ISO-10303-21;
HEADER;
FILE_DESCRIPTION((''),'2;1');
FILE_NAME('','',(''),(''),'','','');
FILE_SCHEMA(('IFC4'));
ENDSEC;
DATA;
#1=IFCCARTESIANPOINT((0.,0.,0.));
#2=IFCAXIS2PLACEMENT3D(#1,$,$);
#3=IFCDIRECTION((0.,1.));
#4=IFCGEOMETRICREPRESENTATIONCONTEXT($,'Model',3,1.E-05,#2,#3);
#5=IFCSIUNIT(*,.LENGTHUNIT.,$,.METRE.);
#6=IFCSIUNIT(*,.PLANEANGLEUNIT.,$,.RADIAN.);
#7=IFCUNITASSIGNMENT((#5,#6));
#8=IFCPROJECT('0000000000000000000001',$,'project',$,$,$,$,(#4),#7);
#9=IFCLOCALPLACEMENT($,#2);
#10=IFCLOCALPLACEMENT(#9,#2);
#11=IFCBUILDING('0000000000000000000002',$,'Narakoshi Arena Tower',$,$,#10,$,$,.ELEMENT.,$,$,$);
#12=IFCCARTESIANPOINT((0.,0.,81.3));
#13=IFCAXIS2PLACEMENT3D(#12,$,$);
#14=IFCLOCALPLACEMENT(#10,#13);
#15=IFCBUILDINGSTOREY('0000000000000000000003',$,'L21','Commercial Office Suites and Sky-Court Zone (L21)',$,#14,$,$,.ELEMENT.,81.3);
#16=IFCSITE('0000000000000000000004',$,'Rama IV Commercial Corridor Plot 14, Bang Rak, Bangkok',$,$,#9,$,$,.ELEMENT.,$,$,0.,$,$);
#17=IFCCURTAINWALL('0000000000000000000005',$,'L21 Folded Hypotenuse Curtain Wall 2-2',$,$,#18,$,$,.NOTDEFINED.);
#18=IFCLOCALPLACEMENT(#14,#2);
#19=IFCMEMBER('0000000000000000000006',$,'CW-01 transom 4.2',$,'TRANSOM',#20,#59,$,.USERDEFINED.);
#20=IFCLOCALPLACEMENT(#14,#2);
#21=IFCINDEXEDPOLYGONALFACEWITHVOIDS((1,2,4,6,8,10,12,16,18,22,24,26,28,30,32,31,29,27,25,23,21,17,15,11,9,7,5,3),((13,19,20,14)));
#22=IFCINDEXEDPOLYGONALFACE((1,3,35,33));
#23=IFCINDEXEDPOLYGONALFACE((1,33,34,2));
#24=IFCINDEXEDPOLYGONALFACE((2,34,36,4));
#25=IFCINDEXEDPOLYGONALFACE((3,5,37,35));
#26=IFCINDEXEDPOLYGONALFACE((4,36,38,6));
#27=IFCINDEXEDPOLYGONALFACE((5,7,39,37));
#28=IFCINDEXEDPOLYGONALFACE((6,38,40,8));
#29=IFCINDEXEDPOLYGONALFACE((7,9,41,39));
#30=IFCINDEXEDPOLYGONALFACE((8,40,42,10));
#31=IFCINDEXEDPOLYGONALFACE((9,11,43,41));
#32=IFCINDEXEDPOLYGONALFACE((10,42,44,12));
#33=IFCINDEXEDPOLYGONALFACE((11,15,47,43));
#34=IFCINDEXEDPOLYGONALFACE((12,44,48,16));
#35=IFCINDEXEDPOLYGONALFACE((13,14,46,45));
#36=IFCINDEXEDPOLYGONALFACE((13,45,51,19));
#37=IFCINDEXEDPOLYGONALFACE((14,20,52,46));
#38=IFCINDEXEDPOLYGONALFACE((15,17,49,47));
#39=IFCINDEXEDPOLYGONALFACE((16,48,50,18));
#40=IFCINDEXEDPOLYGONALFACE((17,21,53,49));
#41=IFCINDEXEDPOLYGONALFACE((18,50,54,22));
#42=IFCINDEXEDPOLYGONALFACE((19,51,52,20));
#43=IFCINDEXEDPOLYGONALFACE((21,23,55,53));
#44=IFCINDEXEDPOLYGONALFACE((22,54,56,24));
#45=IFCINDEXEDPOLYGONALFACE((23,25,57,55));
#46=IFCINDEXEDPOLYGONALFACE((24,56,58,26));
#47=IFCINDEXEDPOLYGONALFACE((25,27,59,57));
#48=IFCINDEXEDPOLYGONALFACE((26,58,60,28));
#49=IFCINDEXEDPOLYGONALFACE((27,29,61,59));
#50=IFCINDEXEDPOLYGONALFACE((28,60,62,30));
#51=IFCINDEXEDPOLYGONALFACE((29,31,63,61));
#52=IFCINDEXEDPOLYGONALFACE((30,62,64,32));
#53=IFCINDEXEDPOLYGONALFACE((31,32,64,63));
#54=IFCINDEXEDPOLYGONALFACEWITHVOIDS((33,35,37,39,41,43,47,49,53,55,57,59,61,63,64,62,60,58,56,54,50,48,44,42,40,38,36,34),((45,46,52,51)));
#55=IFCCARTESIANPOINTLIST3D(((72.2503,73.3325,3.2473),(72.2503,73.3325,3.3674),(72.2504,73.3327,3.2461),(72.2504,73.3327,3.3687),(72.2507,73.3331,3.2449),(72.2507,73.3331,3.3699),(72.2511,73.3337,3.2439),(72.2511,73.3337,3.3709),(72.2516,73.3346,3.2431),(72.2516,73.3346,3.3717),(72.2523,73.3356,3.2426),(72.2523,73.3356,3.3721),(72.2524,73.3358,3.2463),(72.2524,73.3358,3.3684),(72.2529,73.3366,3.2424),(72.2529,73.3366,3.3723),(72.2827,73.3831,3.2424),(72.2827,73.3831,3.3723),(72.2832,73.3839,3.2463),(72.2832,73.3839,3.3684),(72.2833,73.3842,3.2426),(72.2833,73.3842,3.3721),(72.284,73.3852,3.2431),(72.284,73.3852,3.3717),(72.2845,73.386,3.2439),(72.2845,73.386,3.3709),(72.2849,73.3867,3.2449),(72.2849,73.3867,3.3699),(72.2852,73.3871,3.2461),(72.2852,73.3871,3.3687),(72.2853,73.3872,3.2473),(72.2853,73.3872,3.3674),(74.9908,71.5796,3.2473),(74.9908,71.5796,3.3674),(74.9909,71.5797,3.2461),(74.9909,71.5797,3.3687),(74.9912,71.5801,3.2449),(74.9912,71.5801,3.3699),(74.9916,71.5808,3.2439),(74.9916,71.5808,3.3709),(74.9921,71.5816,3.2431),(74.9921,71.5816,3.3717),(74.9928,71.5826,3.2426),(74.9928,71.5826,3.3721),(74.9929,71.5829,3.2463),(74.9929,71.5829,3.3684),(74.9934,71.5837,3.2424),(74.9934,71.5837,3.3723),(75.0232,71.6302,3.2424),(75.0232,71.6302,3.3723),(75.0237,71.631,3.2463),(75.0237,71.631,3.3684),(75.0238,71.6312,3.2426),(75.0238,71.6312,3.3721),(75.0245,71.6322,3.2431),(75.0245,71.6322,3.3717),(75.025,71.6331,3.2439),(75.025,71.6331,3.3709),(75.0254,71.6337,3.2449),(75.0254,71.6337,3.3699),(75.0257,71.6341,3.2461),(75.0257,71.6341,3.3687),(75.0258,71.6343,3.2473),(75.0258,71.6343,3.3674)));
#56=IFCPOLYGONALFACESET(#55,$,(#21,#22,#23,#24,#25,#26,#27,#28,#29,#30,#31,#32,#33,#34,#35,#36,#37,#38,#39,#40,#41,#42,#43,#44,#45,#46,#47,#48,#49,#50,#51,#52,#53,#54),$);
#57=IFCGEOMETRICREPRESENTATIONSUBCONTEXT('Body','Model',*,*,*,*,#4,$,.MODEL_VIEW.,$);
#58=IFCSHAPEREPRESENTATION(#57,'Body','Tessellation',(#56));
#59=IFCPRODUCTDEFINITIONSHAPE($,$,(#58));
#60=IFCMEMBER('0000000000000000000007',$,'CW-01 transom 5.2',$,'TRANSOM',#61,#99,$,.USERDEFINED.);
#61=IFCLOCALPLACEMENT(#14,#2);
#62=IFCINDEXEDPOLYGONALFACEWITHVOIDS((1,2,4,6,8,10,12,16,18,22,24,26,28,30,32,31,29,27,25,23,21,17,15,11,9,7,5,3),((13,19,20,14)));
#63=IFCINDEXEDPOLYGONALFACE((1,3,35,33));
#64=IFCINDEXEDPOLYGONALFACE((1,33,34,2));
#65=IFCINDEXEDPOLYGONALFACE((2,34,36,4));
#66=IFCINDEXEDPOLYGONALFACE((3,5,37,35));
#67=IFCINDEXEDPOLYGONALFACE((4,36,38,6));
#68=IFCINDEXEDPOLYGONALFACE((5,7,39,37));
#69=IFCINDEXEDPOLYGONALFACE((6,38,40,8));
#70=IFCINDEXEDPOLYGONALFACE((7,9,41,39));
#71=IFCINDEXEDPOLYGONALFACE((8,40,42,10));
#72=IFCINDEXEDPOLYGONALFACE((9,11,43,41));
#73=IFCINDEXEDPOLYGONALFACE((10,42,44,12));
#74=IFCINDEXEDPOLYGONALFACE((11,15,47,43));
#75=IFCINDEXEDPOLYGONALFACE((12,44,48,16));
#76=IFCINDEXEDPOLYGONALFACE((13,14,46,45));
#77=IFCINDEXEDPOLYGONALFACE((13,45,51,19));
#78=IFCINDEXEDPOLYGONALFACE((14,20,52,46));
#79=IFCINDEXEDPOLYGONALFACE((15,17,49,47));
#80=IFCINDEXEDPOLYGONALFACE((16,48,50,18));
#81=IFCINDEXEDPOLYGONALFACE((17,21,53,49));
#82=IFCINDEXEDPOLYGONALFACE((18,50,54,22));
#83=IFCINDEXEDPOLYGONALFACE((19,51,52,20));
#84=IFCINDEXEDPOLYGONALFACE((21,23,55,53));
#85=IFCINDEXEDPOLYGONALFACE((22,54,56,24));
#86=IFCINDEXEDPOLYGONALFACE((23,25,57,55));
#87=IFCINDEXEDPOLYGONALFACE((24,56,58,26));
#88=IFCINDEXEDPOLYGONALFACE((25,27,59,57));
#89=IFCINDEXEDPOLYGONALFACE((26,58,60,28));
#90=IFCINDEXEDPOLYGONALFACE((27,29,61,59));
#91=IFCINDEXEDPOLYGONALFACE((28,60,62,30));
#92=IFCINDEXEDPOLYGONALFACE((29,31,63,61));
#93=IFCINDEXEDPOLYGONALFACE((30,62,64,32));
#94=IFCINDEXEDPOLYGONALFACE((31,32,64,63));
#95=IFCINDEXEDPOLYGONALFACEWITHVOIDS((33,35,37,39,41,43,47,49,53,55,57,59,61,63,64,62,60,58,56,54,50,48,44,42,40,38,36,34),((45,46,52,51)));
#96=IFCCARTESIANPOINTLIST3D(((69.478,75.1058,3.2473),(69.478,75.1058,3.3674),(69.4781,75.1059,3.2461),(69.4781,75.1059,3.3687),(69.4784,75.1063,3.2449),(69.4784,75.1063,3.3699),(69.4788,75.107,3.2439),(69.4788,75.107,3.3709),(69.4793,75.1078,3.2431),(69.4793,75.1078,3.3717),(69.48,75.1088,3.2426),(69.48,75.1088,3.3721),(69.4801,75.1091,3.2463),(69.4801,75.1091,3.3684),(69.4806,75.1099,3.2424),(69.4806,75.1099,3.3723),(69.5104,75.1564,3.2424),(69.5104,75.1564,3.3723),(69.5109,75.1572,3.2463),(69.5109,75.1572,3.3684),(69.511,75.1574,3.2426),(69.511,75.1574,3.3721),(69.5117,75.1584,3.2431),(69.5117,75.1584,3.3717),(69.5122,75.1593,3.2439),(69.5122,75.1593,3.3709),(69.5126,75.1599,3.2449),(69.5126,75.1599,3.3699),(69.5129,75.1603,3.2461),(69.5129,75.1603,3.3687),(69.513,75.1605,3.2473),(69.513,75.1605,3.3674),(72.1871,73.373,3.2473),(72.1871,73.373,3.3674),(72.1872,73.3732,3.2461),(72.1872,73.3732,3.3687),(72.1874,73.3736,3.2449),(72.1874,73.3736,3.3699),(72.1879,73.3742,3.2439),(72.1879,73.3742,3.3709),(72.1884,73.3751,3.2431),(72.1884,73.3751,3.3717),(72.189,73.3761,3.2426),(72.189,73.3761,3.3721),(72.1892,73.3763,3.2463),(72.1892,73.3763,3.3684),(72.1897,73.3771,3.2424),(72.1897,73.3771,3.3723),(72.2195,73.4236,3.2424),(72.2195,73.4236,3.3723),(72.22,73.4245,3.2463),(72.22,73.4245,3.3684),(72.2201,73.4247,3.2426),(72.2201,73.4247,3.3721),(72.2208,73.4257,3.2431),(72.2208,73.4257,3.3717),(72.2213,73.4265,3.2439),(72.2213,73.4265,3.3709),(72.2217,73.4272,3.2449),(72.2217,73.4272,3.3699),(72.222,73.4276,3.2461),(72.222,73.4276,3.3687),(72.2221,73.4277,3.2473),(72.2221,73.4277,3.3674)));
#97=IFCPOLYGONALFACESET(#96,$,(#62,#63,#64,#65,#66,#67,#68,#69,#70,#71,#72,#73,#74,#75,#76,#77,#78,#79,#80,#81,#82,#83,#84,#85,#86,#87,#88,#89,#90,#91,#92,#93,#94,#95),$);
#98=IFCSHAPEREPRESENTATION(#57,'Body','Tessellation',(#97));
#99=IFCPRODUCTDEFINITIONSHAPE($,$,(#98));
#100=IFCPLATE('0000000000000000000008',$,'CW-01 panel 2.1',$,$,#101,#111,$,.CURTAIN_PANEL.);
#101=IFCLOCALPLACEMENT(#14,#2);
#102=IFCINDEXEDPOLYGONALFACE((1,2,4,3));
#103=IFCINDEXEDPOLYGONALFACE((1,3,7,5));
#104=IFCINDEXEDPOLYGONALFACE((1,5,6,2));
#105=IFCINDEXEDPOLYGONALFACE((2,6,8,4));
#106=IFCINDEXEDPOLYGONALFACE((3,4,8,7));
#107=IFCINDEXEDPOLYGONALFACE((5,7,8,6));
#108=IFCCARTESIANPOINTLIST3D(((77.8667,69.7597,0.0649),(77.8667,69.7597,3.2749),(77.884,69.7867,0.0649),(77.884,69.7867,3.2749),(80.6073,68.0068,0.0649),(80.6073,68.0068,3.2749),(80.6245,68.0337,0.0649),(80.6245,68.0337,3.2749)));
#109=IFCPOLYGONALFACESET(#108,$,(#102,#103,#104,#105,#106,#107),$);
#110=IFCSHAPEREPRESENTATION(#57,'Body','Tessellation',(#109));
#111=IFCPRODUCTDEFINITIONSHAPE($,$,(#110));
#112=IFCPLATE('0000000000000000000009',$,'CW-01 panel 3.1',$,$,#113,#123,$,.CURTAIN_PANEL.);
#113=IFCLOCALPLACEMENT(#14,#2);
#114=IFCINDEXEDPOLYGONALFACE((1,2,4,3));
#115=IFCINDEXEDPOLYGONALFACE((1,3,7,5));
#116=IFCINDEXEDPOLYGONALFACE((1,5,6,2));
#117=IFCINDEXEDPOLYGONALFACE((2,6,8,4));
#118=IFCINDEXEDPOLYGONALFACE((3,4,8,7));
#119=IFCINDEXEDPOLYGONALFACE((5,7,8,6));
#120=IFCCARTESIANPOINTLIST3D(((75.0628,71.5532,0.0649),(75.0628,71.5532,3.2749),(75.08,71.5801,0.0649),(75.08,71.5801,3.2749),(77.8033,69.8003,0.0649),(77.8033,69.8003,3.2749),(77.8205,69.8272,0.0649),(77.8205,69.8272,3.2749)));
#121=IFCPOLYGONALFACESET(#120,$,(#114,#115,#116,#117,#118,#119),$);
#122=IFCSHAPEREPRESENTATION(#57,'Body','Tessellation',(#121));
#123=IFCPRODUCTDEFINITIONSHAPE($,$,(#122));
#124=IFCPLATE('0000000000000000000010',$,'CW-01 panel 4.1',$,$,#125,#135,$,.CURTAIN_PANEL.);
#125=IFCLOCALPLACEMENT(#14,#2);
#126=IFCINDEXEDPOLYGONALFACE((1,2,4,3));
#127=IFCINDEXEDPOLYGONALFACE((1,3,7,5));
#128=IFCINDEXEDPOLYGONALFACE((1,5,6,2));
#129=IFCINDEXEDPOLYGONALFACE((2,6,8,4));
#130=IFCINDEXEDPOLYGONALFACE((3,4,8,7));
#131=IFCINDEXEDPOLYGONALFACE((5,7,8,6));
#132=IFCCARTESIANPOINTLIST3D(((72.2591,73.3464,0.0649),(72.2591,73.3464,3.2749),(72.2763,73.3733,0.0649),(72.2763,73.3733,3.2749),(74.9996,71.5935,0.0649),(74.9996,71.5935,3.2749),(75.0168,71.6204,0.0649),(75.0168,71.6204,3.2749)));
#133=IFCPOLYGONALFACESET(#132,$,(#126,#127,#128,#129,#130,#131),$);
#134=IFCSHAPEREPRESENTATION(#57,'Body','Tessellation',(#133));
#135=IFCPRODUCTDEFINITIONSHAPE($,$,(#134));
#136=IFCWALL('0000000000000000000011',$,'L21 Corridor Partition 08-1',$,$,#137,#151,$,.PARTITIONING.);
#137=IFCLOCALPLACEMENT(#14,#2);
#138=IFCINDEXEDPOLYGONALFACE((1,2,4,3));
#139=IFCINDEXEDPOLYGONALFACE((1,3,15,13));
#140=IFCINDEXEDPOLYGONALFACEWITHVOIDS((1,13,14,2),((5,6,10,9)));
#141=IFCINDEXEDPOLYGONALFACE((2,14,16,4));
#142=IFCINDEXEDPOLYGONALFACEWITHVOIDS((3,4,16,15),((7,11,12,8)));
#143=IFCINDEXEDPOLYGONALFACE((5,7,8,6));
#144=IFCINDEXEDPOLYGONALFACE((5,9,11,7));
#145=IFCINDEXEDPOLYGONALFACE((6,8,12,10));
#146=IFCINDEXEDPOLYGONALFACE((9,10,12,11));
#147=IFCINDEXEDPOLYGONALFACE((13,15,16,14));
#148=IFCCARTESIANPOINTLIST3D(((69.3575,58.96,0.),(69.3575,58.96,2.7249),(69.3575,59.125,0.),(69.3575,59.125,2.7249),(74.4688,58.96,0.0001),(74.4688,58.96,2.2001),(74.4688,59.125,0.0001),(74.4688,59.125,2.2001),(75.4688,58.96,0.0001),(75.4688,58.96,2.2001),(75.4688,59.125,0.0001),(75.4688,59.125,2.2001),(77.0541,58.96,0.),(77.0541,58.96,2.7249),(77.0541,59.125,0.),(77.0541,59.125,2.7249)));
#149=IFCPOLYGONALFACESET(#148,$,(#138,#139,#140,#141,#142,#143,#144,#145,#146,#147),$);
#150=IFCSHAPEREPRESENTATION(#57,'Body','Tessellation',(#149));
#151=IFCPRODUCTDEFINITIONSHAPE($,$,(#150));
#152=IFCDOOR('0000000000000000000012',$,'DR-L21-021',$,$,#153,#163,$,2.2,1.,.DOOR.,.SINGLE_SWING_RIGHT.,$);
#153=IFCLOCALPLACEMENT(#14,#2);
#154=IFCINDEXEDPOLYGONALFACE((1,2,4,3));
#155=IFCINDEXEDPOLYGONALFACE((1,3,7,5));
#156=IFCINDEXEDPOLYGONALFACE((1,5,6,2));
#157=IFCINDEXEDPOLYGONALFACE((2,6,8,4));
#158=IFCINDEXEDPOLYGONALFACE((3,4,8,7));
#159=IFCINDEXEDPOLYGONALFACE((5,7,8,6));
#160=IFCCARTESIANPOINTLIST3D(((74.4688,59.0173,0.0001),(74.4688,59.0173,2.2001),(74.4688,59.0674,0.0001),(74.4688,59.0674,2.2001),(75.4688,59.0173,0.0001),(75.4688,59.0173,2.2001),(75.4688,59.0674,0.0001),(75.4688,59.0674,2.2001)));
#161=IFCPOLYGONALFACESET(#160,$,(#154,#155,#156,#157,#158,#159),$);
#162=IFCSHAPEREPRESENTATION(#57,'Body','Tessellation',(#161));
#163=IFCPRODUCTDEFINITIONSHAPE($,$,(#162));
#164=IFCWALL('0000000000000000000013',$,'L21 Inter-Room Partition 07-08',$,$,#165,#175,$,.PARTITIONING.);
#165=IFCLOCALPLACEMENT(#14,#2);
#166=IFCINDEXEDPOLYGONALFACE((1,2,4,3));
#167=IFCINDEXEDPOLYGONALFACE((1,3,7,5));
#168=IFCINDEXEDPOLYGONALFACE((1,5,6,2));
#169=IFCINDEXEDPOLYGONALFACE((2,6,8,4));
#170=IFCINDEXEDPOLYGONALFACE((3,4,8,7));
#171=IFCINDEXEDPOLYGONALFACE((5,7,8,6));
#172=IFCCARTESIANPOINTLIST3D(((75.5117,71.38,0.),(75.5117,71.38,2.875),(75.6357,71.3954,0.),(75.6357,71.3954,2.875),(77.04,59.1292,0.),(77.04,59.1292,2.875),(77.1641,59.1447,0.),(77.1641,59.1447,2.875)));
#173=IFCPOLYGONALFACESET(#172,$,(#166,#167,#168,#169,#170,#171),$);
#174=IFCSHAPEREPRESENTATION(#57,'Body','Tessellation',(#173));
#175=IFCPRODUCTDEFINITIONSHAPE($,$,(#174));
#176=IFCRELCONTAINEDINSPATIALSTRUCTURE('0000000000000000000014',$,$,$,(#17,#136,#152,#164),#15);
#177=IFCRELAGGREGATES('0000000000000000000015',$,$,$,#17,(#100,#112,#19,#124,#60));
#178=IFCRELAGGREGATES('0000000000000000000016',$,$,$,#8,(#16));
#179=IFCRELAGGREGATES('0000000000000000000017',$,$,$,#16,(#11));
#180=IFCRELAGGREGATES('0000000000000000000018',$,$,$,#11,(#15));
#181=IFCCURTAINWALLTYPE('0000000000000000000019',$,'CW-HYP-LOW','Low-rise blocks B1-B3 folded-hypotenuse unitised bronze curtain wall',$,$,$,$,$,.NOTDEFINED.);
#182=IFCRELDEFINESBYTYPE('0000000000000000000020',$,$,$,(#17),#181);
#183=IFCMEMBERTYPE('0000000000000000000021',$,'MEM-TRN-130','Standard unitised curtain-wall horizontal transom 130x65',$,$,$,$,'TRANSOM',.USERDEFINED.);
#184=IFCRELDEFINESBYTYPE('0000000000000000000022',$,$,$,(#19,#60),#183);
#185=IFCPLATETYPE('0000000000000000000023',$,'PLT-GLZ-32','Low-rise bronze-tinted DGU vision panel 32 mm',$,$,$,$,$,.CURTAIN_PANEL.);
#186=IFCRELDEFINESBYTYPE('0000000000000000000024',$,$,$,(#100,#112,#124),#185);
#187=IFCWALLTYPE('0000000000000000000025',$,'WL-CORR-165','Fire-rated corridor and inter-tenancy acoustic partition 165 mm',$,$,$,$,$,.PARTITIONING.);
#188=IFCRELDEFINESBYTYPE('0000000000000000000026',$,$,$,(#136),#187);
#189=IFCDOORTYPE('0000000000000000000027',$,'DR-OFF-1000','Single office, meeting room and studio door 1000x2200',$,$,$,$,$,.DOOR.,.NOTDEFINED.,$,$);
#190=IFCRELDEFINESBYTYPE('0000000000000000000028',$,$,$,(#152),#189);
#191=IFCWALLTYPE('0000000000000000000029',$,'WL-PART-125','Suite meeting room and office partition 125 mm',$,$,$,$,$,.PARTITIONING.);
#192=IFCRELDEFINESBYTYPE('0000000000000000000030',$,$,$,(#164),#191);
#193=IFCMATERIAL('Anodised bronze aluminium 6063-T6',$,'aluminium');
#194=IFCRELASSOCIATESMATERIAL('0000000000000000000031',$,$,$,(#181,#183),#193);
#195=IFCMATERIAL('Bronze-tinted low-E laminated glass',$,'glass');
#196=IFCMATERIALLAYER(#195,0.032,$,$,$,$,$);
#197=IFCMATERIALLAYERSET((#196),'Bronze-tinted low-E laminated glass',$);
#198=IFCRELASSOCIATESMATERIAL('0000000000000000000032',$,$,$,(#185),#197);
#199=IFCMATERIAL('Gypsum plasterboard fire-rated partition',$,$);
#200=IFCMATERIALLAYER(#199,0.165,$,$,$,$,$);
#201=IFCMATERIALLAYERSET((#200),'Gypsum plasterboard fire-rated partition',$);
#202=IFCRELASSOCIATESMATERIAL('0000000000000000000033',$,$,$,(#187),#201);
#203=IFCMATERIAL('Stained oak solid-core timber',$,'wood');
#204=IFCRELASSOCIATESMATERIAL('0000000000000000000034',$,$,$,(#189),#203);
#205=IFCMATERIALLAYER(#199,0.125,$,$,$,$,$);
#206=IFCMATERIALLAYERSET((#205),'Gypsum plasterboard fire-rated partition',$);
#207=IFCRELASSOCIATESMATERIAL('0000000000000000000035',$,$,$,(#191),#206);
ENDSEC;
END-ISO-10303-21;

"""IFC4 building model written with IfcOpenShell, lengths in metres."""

from ifc_helpers import new_model, si_unit, direction, frame, frame_2d, origin, origin_2d, place, context, subcontext, project, spatial, rectangle, hollow_rectangle, extrude, material, layer, layer_set, material_profile, profile_set, type_object, element, fill, aggregate, save


model = new_model("IFC4")

# Units and contexts
model_context = context("Model", 3, precision=1e-05, world=origin(), true_north=direction((0.0, 1.0)))
body_context = subcontext(model_context, "Body", "Model", "MODEL_VIEW")
ifc_project = project(units=[si_unit("LENGTHUNIT", "METRE"), si_unit("PLANEANGLEUNIT", "RADIAN")], contexts=[model_context])

# Site, building, storey
site_placement = place(None, origin())
site = spatial("IfcSite", under=ifc_project, at=site_placement, Name="Rama IV Commercial Corridor Plot 14, Bang Rak, Bangkok", CompositionType="ELEMENT", RefElevation=0.0)
building_placement = place(site_placement, origin())
building = spatial("IfcBuilding", under=site, at=building_placement, Name="Narakoshi Arena Tower", CompositionType="ELEMENT")
storey_placement = place(building_placement, frame((0.0, 0.0, 81.3)))
storey = spatial("IfcBuildingStorey", under=building, at=storey_placement, Name="L21", Description="Commercial Office Suites and Sky-Court Zone (L21)", CompositionType="ELEMENT", Elevation=81.3)

# Curtain wall, members, plates
ifc_material_1 = material(Name="Anodised bronze aluminium 6063-T6", Category="aluminium")
curtain_wall_type = type_object("IfcCurtainWallType", Name="CW-HYP-LOW", Description="Low-rise blocks B1-B3 folded-hypotenuse unitised bronze curtain wall", PredefinedType="NOTDEFINED", material=ifc_material_1)
curtain_wall_placement = place(storey_placement, origin())
curtain_wall = element("IfcCurtainWall", 1, at=curtain_wall_placement, inside=storey, type_object=curtain_wall_type, Name="L21 Folded Hypotenuse Curtain Wall 2-2", PredefinedType="NOTDEFINED")
ifc_material_profile_1 = material_profile(ifc_material_1, hollow_rectangle(XDim=0.0649, YDim=0.1299, WallThickness=0.0039, OuterFilletRadius=0.0049, at=origin_2d()), Name="TRN130x65x4")
ifc_profile_set_1 = profile_set([ifc_material_profile_1], Name="Anodised bronze aluminium 6063-T6")
member_type_1 = type_object("IfcMemberType", Name="MEM-TRN-130", Description="Standard unitised curtain-wall horizontal transom 130x65", ElementType="TRANSOM", PredefinedType="USERDEFINED", material=ifc_profile_set_1)
member_1_placement = place(storey_placement, frame((75.0083, 71.6069, 3.3074), z_axis=(-0.842408, 0.538841, 0.0), x_axis=(-0.538841, -0.842408, 0.0)))
member_1 = element("IfcMember", 2, at=member_1_placement, type_object=member_type_1, Name="CW-01 transom 4.2", ObjectType="TRANSOM", PredefinedType="USERDEFINED", context=body_context, shape_type="SweptSolid", body=[
    extrude(hollow_rectangle(XDim=0.0649, YDim=0.1299, WallThickness=0.0039, OuterFilletRadius=0.0049, at=origin_2d()), origin(), (0.0, 0.0, 1.0), 3.2532),
])
member_2_placement = place(storey_placement, frame((72.2046, 73.4004, 3.3074), z_axis=(-0.842424, 0.538815, 0.0), x_axis=(-0.538815, -0.842424, 0.0)))
member_2 = element("IfcMember", 3, at=member_2_placement, type_object=member_type_1, Name="CW-01 transom 5.2", ObjectType="TRANSOM", PredefinedType="USERDEFINED", context=body_context, shape_type="SweptSolid", body=[
    extrude(hollow_rectangle(XDim=0.0649, YDim=0.1299, WallThickness=0.0039, OuterFilletRadius=0.0049, at=origin_2d()), origin(), (0.0, 0.0, 1.0), 3.2158),
])
ifc_material_2 = material(Name="Bronze-tinted low-E laminated glass", Category="glass")
ifc_layer_1 = layer(ifc_material_2, 0.032)
ifc_layer_set_1 = layer_set([ifc_layer_1], Name="Bronze-tinted low-E laminated glass")
plate_type = type_object("IfcPlateType", Name="PLT-GLZ-32", Description="Low-rise bronze-tinted DGU vision panel 32 mm", PredefinedType="CURTAIN_PANEL", material=ifc_layer_set_1)
plate_1_placement = place(storey_placement, frame((79.2456, 68.8967, 0.0649), z_axis=(0.0, 0.0, 1.0), x_axis=(-0.842415, 0.538829, 0.0)))
plate_1 = element("IfcPlate", 4, at=plate_1_placement, type_object=plate_type, Name="CW-01 panel 2.1", PredefinedType="CURTAIN_PANEL", context=body_context, shape_type="SweptSolid", body=[
    extrude(rectangle(XDim=3.2532, YDim=0.032, at=origin_2d()), origin(), (0.0, 0.0, 1.0), 3.21),
])
plate_2_placement = place(storey_placement, frame((76.4417, 70.6902, 0.0649), z_axis=(0.0, 0.0, 1.0), x_axis=(-0.842415, 0.538829, 0.0)))
plate_2 = element("IfcPlate", 5, at=plate_2_placement, type_object=plate_type, Name="CW-01 panel 3.1", PredefinedType="CURTAIN_PANEL", context=body_context, shape_type="SweptSolid", body=[
    extrude(rectangle(XDim=3.2532, YDim=0.032, at=origin_2d()), origin(), (0.0, 0.0, 1.0), 3.21),
])
plate_3_placement = place(storey_placement, frame((73.6379, 72.4834, 0.0649), z_axis=(0.0, 0.0, 1.0), x_axis=(-0.842415, 0.538829, 0.0)))
plate_3 = element("IfcPlate", 6, at=plate_3_placement, type_object=plate_type, Name="CW-01 panel 4.1", PredefinedType="CURTAIN_PANEL", context=body_context, shape_type="SweptSolid", body=[
    extrude(rectangle(XDim=3.2532, YDim=0.032, at=origin_2d()), origin(), (0.0, 0.0, 1.0), 3.21),
])
aggregate(curtain_wall, [plate_1, plate_2, member_1, plate_3, member_2])

# Wall, opening, door
ifc_material_3 = material(Name="Gypsum plasterboard fire-rated partition")
ifc_layer_2 = layer(ifc_material_3, 0.165)
ifc_layer_set_2 = layer_set([ifc_layer_2], Name="Gypsum plasterboard fire-rated partition")
wall_type_1 = type_object("IfcWallType", Name="WL-CORR-165", Description="Fire-rated corridor and inter-tenancy acoustic partition 165 mm", PredefinedType="PARTITIONING", material=ifc_layer_set_2)
wall_1_placement = place(storey_placement, frame((77.054, 59.0425, 0.0), z_axis=(0.0, 0.0, 1.0), x_axis=(-1.0, 0.0, 0.0)))
wall_1 = element("IfcWall", 7, at=wall_1_placement, inside=storey, type_object=wall_type_1, Name="L21 Corridor Partition 08-1", PredefinedType="PARTITIONING", context=body_context, shape_type="SweptSolid", body=[
    extrude(rectangle(XDim=7.6965, YDim=0.165, at=frame_2d((3.8481, 0.0))), origin(), (0.0, 0.0, 1.0), 2.7249),
])
opening_placement = place(wall_1_placement, frame((1.5852, 0.0, 0.0)))
opening = element("IfcOpeningElement", 8, at=opening_placement, cuts=wall_1, PredefinedType="OPENING", context=body_context, shape_type="SweptSolid", body=[
    extrude(rectangle(XDim=1.0, YDim=2.2, at=frame_2d((0.5, 1.1001))), frame((0.0, 0.0925, 0.0), z_axis=(0.0, -1.0, 0.0), x_axis=(1.0, 0.0, 0.0)), (0.0, 0.0, 1.0), 0.1851),
])
ifc_material_4 = material(Name="Stained oak solid-core timber", Category="wood")
door_type = type_object("IfcDoorType", Name="DR-OFF-1000", Description="Single office, meeting room and studio door 1000x2200", OperationType="NOTDEFINED", PredefinedType="DOOR", material=ifc_material_4)
door_placement = place(opening_placement, frame((1.0, 0.0, 0.0), z_axis=(0.0, 0.0, 1.0), x_axis=(-1.0, 0.0, 0.0)))
door = element("IfcDoor", 9, at=door_placement, inside=storey, type_object=door_type, Name="DR-L21-021", OperationType="SINGLE_SWING_RIGHT", OverallHeight=2.2, OverallWidth=1.0, PredefinedType="DOOR", context=body_context, shape_type="SweptSolid", body=[
    extrude(rectangle(XDim=1.0, YDim=2.2, at=frame_2d((0.5, 1.1001))), frame((0.0, 0.0249, 0.0), z_axis=(0.0, -1.0, 0.0), x_axis=(1.0, 0.0, 0.0)), (0.0, 0.0, 1.0), 0.05),
])
fill(opening, door)

# Wall
ifc_layer_3 = layer(ifc_material_3, 0.125)
ifc_layer_set_3 = layer_set([ifc_layer_3], Name="Gypsum plasterboard fire-rated partition")
wall_type_2 = type_object("IfcWallType", Name="WL-PART-125", Description="Suite meeting room and office partition 125 mm", PredefinedType="PARTITIONING", material=ifc_layer_set_3)
wall_2_placement = place(storey_placement, frame((77.1021, 59.137, 0.0), z_axis=(0.0, 0.0, 1.0), x_axis=(-0.123794, 0.992308, 0.0)))
element("IfcWall", 10, at=wall_2_placement, inside=storey, type_object=wall_type_2, Name="L21 Inter-Room Partition 07-08", PredefinedType="PARTITIONING", context=body_context, shape_type="SweptSolid", body=[
    extrude(rectangle(XDim=12.3457, YDim=0.125, at=frame_2d((6.1729, 0.0))), origin(), (0.0, 0.0, 1.0), 2.875),
])

save(model, "model.ifc")
